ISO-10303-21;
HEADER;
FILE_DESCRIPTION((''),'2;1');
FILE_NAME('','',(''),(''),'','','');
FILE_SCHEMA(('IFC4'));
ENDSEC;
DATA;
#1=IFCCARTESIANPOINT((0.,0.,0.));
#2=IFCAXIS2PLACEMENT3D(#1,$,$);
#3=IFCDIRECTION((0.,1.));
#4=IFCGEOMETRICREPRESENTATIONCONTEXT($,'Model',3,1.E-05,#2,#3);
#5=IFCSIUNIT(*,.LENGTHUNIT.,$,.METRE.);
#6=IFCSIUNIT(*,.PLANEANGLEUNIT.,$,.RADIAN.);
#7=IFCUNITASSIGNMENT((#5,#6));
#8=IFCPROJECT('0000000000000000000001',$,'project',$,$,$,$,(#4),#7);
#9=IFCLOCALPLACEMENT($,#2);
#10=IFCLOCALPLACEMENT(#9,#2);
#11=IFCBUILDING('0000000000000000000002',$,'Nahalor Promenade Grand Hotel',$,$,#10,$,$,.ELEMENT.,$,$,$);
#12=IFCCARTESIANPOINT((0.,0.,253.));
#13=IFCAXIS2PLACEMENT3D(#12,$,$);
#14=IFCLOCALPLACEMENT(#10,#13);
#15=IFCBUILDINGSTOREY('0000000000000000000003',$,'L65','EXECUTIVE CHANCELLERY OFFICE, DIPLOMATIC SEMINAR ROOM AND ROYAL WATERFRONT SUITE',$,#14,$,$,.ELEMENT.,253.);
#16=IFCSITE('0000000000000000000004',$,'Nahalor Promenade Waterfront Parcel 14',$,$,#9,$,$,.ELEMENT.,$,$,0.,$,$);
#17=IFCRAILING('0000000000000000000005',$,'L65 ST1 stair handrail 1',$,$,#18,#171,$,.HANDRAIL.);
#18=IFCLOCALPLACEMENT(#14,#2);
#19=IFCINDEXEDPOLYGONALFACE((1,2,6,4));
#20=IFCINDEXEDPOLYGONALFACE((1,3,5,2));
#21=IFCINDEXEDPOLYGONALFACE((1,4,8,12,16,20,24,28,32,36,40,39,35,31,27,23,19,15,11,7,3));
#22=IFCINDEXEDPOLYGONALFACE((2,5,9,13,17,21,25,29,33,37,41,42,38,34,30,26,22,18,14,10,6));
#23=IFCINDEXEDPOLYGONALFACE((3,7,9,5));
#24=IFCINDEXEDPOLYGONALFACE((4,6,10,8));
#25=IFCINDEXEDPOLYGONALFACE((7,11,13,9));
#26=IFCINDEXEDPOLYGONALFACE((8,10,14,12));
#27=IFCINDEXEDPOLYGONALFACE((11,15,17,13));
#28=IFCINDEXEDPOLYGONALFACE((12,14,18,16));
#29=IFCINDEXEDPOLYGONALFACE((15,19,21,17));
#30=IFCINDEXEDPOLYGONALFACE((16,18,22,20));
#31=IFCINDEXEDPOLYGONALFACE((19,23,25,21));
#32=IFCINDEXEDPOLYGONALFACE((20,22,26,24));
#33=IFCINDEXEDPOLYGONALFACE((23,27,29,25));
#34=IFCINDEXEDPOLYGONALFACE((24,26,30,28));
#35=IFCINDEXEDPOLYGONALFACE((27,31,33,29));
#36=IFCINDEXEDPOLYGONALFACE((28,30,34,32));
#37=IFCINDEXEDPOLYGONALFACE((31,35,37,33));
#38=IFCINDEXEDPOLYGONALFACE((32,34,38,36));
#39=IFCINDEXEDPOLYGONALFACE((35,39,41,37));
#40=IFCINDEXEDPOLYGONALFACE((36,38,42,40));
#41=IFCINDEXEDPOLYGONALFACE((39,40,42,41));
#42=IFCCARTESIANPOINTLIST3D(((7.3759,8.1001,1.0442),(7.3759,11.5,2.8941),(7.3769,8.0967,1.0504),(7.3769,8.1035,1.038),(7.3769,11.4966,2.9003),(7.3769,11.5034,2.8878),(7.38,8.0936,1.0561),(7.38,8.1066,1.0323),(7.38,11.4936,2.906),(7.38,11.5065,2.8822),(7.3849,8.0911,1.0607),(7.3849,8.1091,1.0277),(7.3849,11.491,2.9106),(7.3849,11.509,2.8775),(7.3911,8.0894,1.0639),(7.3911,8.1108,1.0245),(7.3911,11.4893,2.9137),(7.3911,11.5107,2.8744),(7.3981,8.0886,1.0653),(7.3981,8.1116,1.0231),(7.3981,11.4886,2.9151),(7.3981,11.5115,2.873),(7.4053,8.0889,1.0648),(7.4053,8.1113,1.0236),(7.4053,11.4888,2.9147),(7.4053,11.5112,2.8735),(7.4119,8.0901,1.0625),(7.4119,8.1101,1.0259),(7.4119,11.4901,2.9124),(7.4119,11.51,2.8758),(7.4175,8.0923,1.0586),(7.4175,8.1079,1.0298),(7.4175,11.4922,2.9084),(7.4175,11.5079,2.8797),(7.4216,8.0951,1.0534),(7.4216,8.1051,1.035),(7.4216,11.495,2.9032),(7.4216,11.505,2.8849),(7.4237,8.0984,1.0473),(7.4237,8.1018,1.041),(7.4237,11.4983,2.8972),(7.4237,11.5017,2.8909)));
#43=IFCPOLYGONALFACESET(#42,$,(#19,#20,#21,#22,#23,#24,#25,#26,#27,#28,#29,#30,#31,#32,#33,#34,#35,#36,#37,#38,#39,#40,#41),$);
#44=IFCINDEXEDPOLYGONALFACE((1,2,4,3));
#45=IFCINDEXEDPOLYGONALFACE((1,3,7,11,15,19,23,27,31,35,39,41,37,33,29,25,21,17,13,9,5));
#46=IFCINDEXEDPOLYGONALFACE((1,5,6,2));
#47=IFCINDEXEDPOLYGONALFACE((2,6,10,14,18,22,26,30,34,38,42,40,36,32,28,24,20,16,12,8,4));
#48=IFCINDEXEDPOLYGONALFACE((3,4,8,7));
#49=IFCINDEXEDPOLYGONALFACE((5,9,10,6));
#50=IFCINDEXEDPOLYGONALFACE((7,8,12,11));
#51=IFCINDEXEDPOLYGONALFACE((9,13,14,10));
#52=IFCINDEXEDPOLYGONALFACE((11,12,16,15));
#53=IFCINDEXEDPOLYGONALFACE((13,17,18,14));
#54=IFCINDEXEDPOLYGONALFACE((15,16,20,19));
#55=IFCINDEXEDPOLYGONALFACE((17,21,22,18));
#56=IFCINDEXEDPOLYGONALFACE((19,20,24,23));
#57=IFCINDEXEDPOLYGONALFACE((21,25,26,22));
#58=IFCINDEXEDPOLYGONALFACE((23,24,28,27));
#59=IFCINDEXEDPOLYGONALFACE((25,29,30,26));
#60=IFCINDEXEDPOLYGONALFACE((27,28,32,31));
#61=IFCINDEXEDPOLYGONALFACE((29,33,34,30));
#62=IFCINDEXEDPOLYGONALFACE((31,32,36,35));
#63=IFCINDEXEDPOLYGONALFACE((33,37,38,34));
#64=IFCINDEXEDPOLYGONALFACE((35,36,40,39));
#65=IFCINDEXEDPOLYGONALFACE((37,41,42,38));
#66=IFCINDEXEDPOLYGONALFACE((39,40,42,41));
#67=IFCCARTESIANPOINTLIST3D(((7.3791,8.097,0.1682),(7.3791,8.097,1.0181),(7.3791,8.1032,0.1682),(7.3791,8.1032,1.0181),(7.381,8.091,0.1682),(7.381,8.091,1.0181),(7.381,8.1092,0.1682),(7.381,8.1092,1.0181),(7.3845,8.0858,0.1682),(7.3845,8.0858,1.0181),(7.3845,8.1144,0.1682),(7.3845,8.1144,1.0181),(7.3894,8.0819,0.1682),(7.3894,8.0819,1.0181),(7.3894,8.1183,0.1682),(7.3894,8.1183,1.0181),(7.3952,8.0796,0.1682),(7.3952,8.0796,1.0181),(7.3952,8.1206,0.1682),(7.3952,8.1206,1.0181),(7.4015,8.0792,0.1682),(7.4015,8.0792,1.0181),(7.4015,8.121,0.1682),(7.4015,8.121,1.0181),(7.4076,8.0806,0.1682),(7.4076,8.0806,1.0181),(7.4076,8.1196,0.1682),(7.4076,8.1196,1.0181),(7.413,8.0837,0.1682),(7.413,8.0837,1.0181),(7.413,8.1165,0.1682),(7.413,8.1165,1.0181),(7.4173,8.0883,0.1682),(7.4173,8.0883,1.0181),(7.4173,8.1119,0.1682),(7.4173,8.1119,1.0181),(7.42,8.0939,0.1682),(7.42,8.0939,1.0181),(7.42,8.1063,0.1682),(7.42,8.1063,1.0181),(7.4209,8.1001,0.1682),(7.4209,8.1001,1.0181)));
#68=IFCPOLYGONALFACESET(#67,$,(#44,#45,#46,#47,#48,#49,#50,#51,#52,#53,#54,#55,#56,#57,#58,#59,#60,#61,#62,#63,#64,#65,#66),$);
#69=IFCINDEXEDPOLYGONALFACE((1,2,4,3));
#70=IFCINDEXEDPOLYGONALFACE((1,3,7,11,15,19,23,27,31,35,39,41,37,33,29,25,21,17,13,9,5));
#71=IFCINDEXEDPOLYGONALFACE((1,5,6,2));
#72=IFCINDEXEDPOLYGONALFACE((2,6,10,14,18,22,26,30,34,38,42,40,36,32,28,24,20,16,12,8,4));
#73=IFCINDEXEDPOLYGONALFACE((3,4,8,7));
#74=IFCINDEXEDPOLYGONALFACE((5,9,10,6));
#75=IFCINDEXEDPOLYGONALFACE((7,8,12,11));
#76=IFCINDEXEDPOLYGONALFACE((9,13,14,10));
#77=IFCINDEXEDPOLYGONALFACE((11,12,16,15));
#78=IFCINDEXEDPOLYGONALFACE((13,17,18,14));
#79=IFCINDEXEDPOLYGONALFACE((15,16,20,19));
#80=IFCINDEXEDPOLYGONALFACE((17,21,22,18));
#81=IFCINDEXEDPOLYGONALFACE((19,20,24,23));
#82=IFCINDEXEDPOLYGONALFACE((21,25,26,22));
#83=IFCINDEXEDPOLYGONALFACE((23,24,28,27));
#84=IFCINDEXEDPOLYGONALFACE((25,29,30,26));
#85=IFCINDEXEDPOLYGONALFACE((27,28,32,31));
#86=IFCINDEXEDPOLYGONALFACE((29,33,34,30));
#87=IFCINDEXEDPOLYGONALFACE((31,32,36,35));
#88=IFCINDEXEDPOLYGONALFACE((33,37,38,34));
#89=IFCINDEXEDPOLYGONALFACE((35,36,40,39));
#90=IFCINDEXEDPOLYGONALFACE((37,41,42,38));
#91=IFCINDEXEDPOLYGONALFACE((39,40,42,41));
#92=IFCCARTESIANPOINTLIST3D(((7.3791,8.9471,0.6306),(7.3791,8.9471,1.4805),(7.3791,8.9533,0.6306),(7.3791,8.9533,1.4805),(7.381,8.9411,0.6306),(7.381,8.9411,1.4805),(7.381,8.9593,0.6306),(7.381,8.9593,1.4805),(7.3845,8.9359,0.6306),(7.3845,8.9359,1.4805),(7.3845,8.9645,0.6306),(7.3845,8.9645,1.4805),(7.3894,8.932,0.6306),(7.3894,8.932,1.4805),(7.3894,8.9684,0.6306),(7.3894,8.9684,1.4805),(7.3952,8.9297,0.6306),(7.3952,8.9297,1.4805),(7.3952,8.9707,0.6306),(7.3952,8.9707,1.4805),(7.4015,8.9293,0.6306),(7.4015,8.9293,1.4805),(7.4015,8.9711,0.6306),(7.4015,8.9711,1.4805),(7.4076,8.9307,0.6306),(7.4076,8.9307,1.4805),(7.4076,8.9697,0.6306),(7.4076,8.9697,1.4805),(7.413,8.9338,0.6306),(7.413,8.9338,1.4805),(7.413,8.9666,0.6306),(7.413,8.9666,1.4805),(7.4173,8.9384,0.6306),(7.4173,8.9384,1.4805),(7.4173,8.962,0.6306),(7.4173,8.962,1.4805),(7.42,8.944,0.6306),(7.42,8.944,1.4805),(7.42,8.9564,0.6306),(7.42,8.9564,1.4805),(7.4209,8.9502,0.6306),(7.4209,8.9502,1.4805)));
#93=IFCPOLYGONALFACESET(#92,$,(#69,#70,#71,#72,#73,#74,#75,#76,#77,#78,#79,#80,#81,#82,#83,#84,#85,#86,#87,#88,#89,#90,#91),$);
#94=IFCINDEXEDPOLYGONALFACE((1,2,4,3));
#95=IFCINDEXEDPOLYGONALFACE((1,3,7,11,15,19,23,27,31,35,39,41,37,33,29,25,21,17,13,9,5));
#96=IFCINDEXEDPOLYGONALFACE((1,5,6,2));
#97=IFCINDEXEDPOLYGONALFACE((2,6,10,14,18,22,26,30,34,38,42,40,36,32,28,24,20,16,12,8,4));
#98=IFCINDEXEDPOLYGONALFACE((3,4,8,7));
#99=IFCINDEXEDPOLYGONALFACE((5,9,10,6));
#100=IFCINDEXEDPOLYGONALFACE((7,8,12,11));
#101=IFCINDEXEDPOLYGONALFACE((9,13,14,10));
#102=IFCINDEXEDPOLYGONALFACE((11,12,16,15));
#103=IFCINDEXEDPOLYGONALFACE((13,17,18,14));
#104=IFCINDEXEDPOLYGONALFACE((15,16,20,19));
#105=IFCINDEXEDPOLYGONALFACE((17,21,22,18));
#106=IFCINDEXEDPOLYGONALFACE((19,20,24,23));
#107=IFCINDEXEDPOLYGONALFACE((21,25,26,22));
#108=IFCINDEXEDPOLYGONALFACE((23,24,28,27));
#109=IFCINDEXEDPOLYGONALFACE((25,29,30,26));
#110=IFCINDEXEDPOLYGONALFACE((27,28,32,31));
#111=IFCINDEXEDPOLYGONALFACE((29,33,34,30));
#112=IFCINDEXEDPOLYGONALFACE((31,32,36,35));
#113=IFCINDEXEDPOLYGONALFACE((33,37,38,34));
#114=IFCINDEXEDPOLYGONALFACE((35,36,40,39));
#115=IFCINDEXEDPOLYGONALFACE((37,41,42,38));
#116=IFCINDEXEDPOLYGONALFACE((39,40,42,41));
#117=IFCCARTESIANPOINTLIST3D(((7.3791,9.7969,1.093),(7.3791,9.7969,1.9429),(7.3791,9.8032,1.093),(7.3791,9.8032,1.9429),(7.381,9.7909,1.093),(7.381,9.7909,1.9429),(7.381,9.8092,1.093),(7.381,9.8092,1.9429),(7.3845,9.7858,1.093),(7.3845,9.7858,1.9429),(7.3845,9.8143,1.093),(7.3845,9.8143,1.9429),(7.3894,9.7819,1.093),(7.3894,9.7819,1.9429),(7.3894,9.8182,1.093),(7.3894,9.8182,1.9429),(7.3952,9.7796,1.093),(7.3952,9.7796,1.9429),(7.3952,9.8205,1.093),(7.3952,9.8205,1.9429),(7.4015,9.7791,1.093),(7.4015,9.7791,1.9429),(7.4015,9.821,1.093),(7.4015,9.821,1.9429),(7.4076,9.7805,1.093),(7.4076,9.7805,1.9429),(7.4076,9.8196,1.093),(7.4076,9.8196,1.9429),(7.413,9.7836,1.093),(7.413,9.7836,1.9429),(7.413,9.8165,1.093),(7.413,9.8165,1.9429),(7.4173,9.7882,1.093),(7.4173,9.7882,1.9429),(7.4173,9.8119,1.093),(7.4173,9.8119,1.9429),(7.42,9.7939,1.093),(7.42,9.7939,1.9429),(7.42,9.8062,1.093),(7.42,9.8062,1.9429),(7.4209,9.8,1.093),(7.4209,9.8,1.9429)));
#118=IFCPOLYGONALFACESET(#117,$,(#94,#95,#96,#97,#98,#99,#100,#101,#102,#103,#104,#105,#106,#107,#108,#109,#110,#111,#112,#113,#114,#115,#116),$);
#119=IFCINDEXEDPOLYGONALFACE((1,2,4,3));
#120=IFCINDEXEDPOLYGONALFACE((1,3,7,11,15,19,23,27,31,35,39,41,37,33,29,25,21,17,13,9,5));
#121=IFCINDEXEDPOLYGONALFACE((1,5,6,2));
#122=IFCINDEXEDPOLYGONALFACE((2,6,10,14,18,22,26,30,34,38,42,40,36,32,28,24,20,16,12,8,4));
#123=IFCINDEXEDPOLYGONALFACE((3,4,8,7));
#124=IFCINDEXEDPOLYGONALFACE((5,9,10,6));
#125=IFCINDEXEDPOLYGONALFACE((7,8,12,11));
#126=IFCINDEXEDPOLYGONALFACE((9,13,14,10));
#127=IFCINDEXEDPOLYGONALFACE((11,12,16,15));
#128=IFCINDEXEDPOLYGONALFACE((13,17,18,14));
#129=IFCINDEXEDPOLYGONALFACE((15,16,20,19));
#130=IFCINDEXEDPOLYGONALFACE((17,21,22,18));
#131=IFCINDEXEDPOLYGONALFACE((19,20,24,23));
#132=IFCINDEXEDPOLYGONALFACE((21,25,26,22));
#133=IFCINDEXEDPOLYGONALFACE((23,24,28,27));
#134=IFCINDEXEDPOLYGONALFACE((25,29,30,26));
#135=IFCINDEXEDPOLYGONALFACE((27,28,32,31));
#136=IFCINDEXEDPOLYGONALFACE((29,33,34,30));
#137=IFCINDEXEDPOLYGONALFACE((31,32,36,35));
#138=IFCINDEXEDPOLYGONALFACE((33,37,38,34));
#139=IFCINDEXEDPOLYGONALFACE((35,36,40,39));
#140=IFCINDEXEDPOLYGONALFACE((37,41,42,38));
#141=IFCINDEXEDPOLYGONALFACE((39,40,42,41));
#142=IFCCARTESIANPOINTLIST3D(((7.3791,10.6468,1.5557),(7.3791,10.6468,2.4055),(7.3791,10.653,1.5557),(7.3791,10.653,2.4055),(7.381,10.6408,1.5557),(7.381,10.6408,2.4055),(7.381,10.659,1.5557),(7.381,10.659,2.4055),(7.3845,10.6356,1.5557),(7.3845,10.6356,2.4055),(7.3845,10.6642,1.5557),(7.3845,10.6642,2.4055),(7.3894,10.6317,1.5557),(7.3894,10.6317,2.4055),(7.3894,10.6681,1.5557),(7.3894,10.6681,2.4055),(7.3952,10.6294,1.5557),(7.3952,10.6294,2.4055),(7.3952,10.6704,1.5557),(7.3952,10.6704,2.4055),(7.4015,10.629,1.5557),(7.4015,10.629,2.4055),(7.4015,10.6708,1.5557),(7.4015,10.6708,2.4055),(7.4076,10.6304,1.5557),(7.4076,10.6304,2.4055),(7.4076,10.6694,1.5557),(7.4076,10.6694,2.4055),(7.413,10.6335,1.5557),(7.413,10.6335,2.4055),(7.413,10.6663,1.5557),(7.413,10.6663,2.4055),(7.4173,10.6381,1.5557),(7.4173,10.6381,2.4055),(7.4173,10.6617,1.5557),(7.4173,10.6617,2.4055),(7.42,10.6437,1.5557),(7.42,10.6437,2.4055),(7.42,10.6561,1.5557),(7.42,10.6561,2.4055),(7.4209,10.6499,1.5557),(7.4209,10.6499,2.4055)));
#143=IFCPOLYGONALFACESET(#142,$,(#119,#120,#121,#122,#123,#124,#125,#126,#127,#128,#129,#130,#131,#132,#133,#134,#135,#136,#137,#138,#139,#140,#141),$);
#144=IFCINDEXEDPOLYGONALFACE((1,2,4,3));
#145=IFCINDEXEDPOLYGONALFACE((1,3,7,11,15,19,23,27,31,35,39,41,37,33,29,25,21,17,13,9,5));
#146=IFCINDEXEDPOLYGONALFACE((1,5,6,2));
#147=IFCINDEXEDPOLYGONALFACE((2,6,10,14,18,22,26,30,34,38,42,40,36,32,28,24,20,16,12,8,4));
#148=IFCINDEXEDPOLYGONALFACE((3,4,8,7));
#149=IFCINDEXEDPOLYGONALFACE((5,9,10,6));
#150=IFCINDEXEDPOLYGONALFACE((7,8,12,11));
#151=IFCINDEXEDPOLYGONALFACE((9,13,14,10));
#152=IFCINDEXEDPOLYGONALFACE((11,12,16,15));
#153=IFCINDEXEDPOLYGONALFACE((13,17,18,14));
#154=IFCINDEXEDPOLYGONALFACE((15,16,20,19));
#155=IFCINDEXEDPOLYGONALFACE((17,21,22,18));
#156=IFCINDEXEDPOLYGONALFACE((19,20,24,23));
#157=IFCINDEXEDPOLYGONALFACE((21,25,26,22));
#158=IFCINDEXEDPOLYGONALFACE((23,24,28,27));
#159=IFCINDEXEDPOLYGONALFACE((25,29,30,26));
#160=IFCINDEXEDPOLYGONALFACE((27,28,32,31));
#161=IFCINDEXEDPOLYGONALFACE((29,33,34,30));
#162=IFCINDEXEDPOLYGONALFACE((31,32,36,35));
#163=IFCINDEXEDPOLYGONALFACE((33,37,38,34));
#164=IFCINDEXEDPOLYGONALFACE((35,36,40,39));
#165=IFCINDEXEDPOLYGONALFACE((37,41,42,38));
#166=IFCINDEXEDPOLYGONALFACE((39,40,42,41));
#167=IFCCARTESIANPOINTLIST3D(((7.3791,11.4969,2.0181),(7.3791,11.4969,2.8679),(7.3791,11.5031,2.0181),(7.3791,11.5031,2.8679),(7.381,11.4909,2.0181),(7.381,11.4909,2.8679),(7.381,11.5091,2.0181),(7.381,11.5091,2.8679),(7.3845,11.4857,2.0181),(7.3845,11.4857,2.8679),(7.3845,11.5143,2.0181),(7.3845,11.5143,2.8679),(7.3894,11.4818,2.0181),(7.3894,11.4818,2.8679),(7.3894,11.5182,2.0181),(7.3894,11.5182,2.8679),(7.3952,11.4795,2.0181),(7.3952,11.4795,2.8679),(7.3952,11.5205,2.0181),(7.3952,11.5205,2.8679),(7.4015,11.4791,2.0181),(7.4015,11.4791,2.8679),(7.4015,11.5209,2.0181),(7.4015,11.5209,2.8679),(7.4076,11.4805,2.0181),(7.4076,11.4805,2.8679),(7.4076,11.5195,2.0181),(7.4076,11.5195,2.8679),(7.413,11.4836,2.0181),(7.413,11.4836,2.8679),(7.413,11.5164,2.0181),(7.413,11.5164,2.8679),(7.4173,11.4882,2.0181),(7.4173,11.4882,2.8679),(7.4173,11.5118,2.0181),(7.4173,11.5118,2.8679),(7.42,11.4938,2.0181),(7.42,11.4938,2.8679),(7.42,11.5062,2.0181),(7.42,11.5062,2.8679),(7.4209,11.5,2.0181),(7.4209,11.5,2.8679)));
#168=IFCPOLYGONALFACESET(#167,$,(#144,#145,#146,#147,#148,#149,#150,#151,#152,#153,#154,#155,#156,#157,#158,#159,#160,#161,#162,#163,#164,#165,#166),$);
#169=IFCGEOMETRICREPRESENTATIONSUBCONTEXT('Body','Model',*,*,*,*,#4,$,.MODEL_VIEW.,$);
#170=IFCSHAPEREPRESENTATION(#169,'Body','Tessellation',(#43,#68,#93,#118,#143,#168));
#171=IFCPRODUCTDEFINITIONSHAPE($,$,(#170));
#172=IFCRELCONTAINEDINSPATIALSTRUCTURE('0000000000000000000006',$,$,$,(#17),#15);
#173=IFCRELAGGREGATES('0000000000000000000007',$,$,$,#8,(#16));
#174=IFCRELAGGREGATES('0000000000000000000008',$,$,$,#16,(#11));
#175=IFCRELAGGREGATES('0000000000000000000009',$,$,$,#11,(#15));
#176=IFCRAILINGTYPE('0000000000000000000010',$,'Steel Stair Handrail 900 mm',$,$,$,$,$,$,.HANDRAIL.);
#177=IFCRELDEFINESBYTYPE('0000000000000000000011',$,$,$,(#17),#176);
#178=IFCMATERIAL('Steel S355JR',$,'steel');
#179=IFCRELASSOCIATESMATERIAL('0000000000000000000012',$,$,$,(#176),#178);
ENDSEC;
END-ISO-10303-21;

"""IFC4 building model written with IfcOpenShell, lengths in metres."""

from ifc_helpers import new_model, si_unit, direction, frame, origin, origin_2d, place, context, subcontext, project, spatial, circle, extrude, material, type_object, element, save


model = new_model("IFC4")

# Units and contexts
model_context = context("Model", 3, precision=1e-05, world=origin(), true_north=direction((0.0, 1.0)))
body_context = subcontext(model_context, "Body", "Model", "MODEL_VIEW")
ifc_project = project(units=[si_unit("LENGTHUNIT", "METRE"), si_unit("PLANEANGLEUNIT", "RADIAN")], contexts=[model_context])

# Site, building, storey
site_placement = place(None, origin())
site = spatial("IfcSite", under=ifc_project, at=site_placement, Name="Nahalor Promenade Waterfront Parcel 14", CompositionType="ELEMENT", RefElevation=0.0)
building_placement = place(site_placement, origin())
building = spatial("IfcBuilding", under=site, at=building_placement, Name="Nahalor Promenade Grand Hotel", CompositionType="ELEMENT")
storey_placement = place(building_placement, frame((0.0, 0.0, 253.0)))
storey = spatial("IfcBuildingStorey", under=building, at=storey_placement, Name="L65", Description="EXECUTIVE CHANCELLERY OFFICE, DIPLOMATIC SEMINAR ROOM AND ROYAL WATERFRONT SUITE", CompositionType="ELEMENT", Elevation=253.0)

# Shared definitions
ifc_material_1 = material(Name="Steel S355JR", Category="steel")

# Railing
railing_type_1 = type_object("IfcRailingType", Name="Steel Stair Handrail 900 mm", PredefinedType="HANDRAIL", material=ifc_material_1)
railing_1_placement = place(storey_placement, frame((7.3999, 8.1001, 0.1682)))
element("IfcRailing", 1, at=railing_1_placement, inside=storey, type_object=railing_type_1, Name="L65 ST1 stair handrail 1", PredefinedType="HANDRAIL", context=body_context, shape_type="SweptSolid", body=[
    extrude(circle(Radius=0.024, at=origin_2d()), frame((0.0, 0.0, 0.876), z_axis=(0.0, 0.878399, 0.477928), x_axis=(-1.0, 0.0, 0.0)), (0.0, 0.0, 1.0), 3.8706),
    extrude(circle(Radius=0.021, at=origin_2d()), origin(), (0.0, 0.0, 1.0), 0.8499),
    extrude(circle(Radius=0.021, at=origin_2d()), frame((0.0, 0.8501, 0.4624)), (0.0, 0.0, 1.0), 0.8499),
    extrude(circle(Radius=0.021, at=origin_2d()), frame((0.0, 1.7, 0.9248)), (0.0, 0.0, 1.0), 0.8499),
    extrude(circle(Radius=0.021, at=origin_2d()), frame((0.0, 2.5498, 1.3875)), (0.0, 0.0, 1.0), 0.8499),
    extrude(circle(Radius=0.021, at=origin_2d()), frame((0.0, 3.3999, 1.8499)), (0.0, 0.0, 1.0), 0.8499),
])

save(model, "model.ifc")
